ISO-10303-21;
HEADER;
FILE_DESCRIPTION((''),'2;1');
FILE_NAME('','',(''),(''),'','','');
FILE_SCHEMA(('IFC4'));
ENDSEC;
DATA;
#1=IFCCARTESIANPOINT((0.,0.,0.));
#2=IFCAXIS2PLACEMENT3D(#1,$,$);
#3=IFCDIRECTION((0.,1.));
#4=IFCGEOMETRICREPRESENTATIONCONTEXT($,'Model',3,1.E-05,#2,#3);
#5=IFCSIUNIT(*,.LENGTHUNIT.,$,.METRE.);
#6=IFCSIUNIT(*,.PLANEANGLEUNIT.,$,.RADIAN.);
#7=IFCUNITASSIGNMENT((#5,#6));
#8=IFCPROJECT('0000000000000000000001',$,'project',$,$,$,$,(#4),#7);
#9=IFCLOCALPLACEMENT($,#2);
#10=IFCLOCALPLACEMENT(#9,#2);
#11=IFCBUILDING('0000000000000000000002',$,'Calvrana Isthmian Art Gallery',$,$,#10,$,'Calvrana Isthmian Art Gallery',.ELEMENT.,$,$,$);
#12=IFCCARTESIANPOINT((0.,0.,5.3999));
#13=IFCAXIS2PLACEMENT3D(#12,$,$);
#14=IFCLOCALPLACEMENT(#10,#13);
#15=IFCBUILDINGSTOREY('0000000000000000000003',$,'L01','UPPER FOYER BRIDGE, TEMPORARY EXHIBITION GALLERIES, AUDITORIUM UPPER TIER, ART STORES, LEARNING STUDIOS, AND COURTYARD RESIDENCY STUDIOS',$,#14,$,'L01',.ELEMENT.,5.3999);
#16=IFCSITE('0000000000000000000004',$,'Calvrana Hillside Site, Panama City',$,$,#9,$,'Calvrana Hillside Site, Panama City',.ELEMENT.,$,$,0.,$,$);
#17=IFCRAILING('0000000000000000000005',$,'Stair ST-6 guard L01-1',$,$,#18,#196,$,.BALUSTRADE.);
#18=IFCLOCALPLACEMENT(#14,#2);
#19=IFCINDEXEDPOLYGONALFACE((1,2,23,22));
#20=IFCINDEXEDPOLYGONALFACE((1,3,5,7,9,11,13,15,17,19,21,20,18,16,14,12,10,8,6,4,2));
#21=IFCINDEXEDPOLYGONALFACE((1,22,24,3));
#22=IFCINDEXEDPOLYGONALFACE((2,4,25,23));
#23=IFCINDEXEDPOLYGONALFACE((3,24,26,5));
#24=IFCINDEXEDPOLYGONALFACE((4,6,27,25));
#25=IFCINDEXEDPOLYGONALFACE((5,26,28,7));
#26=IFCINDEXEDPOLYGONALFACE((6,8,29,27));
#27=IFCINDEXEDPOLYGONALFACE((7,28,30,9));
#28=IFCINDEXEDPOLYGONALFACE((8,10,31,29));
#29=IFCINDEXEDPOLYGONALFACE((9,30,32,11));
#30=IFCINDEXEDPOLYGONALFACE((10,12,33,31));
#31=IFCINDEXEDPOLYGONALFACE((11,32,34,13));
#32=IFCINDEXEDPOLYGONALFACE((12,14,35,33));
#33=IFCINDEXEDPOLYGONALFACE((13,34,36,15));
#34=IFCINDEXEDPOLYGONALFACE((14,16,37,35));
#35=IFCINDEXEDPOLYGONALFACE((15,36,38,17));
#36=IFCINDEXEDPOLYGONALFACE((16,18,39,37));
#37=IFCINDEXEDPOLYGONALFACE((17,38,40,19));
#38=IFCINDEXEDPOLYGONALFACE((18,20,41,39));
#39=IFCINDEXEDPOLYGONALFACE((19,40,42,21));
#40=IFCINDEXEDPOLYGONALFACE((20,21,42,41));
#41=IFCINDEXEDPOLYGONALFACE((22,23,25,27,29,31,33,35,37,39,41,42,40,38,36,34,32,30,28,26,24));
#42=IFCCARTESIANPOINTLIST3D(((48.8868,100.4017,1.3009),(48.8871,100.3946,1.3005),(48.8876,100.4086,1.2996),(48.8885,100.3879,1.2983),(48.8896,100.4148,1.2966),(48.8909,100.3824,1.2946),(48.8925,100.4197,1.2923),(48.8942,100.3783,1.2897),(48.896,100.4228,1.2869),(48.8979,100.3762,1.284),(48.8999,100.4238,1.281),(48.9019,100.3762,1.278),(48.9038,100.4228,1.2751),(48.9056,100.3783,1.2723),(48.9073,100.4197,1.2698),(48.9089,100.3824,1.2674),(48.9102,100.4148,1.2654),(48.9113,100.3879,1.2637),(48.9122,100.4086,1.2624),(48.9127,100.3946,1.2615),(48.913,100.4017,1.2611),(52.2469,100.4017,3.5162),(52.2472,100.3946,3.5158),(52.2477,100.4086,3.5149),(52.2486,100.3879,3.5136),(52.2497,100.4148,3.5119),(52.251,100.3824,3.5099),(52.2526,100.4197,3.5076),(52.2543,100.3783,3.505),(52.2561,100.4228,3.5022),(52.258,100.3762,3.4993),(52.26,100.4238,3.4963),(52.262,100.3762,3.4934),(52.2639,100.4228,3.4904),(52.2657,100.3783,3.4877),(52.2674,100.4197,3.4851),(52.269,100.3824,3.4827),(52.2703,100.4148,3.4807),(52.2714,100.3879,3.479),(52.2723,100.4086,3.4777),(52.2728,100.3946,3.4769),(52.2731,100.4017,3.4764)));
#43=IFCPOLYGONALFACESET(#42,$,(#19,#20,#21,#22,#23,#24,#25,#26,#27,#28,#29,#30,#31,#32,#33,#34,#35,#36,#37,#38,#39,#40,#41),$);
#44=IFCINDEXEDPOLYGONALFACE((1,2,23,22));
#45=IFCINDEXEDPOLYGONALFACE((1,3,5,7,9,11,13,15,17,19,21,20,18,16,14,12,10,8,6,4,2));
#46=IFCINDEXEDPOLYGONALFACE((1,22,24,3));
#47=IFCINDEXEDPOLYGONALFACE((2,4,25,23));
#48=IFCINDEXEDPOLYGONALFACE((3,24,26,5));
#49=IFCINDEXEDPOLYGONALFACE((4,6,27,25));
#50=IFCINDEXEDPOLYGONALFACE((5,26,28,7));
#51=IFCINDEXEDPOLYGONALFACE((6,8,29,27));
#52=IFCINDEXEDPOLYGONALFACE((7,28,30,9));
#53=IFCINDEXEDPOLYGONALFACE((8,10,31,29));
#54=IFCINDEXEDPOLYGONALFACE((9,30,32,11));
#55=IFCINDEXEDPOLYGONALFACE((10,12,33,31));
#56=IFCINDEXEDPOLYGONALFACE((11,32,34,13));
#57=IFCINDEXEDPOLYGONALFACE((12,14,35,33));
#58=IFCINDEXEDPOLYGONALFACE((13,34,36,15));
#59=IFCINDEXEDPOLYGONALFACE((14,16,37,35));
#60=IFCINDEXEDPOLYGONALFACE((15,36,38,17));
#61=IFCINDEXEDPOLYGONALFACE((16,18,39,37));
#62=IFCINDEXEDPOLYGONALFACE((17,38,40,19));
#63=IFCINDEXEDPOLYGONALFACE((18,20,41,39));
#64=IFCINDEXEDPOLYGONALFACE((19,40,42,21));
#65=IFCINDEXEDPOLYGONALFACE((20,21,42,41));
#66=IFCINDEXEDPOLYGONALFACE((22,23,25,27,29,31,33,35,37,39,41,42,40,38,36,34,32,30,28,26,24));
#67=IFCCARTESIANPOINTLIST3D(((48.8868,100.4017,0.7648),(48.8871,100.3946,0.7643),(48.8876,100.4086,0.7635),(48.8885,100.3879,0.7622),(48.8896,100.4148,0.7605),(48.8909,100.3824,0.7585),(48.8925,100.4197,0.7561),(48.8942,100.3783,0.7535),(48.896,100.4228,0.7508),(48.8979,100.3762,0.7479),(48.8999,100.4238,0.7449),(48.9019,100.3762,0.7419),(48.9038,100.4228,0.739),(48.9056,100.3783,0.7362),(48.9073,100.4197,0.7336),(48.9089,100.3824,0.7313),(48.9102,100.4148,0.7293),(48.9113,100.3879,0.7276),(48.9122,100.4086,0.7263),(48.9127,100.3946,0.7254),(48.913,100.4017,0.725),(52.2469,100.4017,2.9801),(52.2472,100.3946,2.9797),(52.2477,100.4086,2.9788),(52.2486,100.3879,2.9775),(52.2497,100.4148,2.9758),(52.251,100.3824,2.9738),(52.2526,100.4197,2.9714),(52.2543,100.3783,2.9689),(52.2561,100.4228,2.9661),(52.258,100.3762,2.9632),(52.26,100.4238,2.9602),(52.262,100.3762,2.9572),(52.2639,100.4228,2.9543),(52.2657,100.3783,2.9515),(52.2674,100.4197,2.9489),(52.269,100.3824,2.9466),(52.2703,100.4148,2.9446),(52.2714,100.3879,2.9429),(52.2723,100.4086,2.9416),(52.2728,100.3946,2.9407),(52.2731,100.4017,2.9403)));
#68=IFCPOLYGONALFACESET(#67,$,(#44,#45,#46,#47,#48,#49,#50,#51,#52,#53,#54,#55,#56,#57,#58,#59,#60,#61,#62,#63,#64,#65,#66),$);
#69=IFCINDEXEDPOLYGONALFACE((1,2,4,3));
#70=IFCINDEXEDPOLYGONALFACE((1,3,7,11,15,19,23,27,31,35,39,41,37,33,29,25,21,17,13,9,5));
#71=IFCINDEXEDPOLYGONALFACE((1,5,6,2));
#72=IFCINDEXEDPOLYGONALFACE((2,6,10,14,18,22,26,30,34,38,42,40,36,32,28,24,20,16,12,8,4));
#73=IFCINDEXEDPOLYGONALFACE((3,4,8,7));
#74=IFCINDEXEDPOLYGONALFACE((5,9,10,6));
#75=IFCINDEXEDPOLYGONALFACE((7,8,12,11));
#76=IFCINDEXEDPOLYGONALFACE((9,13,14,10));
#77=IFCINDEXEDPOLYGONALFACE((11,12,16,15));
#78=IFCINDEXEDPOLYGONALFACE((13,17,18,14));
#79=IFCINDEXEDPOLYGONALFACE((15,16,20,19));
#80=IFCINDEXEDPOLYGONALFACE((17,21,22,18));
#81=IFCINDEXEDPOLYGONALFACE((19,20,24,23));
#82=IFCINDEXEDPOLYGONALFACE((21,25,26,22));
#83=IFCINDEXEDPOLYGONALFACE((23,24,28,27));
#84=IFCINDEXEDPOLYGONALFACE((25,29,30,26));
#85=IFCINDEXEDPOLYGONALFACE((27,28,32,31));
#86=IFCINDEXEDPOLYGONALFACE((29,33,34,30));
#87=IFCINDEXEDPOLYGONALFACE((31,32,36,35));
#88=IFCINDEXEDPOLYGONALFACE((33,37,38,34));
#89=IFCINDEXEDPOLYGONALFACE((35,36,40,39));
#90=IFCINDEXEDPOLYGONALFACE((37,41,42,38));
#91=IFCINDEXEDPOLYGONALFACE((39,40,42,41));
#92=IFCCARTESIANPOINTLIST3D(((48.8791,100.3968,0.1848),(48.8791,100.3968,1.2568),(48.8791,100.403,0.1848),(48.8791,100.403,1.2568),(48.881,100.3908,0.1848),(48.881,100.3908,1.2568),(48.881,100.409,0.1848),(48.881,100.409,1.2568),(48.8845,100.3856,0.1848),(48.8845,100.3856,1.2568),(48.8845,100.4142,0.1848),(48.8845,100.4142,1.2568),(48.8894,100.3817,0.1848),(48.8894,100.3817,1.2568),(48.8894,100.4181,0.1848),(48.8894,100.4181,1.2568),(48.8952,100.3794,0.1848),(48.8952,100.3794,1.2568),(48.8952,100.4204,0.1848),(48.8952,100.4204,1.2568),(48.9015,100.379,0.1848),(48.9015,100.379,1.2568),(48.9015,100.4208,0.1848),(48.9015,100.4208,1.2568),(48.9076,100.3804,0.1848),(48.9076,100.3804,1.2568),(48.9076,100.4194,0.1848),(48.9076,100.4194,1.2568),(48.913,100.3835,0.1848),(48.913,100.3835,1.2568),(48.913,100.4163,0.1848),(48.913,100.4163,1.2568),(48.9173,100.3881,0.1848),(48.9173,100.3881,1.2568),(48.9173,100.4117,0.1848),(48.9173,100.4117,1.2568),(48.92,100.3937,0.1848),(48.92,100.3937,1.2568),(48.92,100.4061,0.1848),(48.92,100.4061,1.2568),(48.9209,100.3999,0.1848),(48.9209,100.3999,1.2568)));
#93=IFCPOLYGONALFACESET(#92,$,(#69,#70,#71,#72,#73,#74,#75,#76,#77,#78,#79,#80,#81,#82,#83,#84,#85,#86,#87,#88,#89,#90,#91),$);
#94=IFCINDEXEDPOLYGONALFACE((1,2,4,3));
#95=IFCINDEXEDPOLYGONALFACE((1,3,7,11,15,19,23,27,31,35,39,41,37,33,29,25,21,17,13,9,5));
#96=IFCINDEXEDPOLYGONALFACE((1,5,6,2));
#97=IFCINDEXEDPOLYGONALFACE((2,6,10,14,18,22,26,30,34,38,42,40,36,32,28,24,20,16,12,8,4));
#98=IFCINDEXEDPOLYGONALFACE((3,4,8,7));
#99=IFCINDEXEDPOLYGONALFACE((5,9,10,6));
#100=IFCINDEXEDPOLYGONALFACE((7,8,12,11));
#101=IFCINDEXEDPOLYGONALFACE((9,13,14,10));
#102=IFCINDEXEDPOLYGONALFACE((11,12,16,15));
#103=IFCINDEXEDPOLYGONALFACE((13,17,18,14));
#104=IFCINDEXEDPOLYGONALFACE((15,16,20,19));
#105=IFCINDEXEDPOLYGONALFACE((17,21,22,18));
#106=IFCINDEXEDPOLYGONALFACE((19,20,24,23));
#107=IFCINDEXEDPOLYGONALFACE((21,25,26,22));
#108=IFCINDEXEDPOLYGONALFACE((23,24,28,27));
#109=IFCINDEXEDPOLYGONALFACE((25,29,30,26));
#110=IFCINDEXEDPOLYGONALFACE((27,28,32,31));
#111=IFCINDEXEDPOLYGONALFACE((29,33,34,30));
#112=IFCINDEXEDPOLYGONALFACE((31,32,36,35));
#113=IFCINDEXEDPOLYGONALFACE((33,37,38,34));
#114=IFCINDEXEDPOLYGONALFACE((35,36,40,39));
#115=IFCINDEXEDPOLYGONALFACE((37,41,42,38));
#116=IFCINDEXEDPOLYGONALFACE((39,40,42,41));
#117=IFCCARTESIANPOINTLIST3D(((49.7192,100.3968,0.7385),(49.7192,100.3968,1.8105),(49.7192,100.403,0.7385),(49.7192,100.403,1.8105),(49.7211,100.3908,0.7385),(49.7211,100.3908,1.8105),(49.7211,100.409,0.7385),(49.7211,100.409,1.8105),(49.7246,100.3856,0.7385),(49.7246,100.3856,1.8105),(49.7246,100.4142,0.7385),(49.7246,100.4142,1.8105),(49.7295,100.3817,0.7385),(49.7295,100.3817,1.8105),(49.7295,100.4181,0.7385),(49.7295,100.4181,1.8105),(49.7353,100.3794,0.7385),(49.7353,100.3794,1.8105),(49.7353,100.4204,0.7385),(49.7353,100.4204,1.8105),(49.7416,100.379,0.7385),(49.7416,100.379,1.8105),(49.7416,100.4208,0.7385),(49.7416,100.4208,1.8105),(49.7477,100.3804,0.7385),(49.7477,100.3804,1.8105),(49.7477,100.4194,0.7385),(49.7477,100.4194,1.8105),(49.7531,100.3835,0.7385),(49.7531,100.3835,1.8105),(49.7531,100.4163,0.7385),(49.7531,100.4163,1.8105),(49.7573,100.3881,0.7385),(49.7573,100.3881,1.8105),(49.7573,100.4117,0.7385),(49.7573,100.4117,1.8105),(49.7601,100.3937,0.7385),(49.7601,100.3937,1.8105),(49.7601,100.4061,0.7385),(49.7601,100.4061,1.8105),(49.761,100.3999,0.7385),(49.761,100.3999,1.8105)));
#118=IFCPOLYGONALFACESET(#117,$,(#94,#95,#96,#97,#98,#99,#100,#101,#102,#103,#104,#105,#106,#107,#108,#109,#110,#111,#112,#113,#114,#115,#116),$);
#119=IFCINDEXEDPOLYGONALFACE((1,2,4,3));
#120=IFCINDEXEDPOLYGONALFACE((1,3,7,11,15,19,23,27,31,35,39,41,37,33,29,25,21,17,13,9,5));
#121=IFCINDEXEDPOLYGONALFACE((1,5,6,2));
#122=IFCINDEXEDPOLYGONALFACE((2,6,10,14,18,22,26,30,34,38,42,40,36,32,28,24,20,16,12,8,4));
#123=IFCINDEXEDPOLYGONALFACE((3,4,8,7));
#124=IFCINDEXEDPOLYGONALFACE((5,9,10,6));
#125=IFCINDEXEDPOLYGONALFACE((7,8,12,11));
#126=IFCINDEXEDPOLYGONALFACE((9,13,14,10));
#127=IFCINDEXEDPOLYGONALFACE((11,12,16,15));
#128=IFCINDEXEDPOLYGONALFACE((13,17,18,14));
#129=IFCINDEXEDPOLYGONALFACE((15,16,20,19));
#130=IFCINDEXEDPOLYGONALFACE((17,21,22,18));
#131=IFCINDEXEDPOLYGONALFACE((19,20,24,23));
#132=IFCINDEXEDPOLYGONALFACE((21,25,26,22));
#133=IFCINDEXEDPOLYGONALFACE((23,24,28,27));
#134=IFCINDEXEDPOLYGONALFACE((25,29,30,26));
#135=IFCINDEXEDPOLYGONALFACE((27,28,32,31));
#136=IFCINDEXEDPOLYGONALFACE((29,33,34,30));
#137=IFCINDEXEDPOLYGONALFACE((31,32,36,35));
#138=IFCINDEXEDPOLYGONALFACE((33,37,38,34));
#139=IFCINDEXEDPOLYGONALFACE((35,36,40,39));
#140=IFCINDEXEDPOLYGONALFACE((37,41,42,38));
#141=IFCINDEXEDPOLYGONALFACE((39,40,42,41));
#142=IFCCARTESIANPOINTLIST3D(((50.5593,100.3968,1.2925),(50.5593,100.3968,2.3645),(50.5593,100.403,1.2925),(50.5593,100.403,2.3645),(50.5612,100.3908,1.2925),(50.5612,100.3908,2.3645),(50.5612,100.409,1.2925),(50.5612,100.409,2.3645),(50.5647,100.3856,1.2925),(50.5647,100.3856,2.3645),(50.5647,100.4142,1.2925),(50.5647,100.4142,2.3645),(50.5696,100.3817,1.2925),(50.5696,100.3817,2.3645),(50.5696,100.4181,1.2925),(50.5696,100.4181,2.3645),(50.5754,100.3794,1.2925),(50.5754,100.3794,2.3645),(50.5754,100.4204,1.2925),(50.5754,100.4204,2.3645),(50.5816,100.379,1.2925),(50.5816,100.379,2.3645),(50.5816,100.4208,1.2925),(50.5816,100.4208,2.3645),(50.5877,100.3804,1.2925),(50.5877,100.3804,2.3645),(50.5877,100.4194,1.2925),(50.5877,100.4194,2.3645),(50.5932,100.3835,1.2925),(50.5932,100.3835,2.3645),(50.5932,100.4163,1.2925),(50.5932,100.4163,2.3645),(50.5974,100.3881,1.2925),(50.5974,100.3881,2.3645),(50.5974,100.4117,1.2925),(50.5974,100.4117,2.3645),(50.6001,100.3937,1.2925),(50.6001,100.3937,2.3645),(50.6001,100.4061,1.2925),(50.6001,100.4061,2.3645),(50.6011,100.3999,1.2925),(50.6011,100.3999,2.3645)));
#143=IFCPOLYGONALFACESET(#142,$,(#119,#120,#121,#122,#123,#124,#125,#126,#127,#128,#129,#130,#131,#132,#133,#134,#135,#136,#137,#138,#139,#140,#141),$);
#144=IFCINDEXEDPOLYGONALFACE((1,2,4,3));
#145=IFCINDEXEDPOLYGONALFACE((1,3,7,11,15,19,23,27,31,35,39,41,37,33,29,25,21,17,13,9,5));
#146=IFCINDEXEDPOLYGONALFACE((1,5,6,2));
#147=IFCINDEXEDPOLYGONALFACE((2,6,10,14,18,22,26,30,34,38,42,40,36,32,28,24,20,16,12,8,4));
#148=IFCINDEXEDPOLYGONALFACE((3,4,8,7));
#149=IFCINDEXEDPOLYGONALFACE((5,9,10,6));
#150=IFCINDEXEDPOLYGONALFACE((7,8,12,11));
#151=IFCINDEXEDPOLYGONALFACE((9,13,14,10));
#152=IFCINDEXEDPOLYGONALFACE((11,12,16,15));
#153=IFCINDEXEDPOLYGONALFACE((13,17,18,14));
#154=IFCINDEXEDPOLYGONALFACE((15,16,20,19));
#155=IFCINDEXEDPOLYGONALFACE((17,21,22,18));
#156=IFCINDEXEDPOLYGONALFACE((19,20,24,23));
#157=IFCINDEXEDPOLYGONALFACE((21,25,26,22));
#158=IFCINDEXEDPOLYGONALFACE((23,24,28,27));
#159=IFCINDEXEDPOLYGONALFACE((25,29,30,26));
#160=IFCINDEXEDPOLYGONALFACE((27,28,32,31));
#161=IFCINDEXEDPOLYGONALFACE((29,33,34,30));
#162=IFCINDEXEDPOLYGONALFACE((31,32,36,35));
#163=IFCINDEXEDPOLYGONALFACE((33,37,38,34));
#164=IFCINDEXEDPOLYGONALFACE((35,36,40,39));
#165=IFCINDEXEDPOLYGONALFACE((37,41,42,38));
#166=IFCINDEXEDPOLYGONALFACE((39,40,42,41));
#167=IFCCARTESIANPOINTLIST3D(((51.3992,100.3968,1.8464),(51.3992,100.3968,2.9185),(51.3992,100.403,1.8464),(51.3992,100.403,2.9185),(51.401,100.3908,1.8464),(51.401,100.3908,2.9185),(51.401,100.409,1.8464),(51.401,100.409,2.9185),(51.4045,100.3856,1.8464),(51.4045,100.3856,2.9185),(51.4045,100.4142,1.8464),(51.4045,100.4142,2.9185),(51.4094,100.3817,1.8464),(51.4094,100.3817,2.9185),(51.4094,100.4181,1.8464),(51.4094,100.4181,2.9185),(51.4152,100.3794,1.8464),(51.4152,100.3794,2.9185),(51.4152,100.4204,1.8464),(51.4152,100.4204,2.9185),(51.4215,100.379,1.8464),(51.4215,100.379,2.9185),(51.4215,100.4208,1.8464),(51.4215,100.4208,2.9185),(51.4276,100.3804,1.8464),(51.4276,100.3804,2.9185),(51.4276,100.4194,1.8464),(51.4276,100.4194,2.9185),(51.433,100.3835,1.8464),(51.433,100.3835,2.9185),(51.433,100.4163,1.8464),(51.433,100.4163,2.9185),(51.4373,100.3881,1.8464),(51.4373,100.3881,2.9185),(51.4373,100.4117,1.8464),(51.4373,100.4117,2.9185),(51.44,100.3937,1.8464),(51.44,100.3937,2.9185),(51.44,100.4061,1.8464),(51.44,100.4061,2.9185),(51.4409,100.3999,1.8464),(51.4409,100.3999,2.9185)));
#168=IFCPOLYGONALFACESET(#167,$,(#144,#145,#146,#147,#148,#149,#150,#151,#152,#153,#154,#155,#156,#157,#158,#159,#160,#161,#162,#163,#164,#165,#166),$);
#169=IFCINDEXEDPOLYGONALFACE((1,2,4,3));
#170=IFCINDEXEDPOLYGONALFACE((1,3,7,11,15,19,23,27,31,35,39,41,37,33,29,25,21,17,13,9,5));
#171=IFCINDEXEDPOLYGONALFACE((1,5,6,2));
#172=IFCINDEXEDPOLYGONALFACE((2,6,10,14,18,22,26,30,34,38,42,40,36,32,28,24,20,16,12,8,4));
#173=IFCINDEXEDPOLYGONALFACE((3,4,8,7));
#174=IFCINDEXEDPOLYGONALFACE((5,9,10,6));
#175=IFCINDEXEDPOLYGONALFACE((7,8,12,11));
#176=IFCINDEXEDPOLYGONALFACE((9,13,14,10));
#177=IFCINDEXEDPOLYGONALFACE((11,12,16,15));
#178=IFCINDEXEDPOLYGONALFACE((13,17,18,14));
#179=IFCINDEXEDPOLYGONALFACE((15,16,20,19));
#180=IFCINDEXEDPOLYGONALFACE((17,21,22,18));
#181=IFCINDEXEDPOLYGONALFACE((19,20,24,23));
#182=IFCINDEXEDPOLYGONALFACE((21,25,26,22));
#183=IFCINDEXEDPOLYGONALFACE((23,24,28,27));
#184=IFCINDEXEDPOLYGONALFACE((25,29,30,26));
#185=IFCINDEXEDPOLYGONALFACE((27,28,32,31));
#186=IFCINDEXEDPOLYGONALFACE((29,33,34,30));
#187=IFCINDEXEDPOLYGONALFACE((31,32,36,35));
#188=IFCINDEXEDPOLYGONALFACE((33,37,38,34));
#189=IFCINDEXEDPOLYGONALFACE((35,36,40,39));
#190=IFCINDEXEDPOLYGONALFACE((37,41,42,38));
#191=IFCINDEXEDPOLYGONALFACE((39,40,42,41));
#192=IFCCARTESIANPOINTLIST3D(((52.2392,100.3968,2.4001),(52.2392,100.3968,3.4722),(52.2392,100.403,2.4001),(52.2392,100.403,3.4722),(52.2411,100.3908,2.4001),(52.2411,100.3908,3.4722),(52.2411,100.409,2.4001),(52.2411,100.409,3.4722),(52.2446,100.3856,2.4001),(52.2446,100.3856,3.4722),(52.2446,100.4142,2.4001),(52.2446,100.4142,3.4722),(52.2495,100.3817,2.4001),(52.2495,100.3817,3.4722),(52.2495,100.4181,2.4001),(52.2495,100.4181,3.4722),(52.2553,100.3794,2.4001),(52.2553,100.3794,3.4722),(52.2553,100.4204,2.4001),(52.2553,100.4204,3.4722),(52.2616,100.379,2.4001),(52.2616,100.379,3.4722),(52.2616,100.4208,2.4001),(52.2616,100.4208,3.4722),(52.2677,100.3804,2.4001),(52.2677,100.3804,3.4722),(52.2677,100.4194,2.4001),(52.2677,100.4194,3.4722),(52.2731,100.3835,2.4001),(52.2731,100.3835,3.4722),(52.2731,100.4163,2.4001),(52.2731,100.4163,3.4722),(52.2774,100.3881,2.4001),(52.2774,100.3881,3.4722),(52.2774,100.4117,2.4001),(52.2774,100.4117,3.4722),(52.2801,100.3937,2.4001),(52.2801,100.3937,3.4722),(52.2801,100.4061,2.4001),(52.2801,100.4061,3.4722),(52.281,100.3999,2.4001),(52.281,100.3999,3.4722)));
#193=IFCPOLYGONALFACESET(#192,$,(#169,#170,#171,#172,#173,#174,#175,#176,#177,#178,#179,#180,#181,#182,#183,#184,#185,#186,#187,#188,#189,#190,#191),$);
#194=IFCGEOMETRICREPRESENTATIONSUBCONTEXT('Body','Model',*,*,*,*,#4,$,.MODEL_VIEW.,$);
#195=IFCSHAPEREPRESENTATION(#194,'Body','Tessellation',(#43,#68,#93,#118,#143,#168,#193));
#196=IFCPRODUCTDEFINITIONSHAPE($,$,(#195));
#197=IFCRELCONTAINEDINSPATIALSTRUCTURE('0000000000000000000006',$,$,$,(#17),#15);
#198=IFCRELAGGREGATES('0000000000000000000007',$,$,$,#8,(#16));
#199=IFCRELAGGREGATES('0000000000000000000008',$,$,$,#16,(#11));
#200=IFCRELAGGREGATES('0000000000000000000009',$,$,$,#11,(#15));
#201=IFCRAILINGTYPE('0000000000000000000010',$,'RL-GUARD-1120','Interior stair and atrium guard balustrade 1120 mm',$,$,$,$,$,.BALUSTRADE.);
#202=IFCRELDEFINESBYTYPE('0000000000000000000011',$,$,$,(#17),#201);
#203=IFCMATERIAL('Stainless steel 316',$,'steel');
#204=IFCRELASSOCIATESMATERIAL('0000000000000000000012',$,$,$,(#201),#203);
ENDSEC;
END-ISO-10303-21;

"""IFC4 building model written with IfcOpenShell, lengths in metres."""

from ifc_helpers import new_model, si_unit, direction, frame, origin, origin_2d, place, context, subcontext, project, spatial, circle, extrude, material, type_object, element, save


model = new_model("IFC4")

# Units and contexts
model_context = context("Model", 3, precision=1e-05, world=origin(), true_north=direction((0.0, 1.0)))
body_context = subcontext(model_context, "Body", "Model", "MODEL_VIEW")
ifc_project = project(units=[si_unit("LENGTHUNIT", "METRE"), si_unit("PLANEANGLEUNIT", "RADIAN")], contexts=[model_context])

# Site, building, storey
site_placement = place(None, origin())
site = spatial("IfcSite", under=ifc_project, at=site_placement, Name="Calvrana Hillside Site, Panama City", LongName="Calvrana Hillside Site, Panama City", CompositionType="ELEMENT", RefElevation=0.0)
building_placement = place(site_placement, origin())
building = spatial("IfcBuilding", under=site, at=building_placement, Name="Calvrana Isthmian Art Gallery", LongName="Calvrana Isthmian Art Gallery", CompositionType="ELEMENT")
storey_placement = place(building_placement, frame((0.0, 0.0, 5.3999)))
storey = spatial("IfcBuildingStorey", under=building, at=storey_placement, Name="L01", Description="UPPER FOYER BRIDGE, TEMPORARY EXHIBITION GALLERIES, AUDITORIUM UPPER TIER, ART STORES, LEARNING STUDIOS, AND COURTYARD RESIDENCY STUDIOS", LongName="L01", CompositionType="ELEMENT", Elevation=5.3999)

# Railing
ifc_material_1 = material(Name="Stainless steel 316", Category="steel")
railing_type_1 = type_object("IfcRailingType", Name="RL-GUARD-1120", Description="Interior stair and atrium guard balustrade 1120 mm", PredefinedType="BALUSTRADE", material=ifc_material_1)
railing_1_placement = place(storey_placement, frame((48.8999, 100.3999, 0.1848)))
element("IfcRailing", 1, at=railing_1_placement, inside=storey, type_object=railing_type_1, Name="Stair ST-6 guard L01-1", PredefinedType="BALUSTRADE", context=body_context, shape_type="SweptSolid", body=[
    extrude(circle(Radius=0.0239, at=origin_2d()), frame((0.0, 0.0, 1.0962), z_axis=(0.834876, 0.0, 0.550437), x_axis=(0.0, 1.0, 0.0)), (0.0, 0.0, 1.0), 4.0247),
    extrude(circle(Radius=0.0239, at=origin_2d()), frame((0.0, 0.0, 0.5601), z_axis=(0.834876, 0.0, 0.550437), x_axis=(0.0, 1.0, 0.0)), (0.0, 0.0, 1.0), 4.0247),
    extrude(circle(Radius=0.021, at=origin_2d()), origin(), (0.0, 0.0, 1.0), 1.072),
    extrude(circle(Radius=0.021, at=origin_2d()), frame((0.8401, 0.0, 0.5537)), (0.0, 0.0, 1.0), 1.072),
    extrude(circle(Radius=0.021, at=origin_2d()), frame((1.6802, 0.0, 1.1077)), (0.0, 0.0, 1.0), 1.072),
    extrude(circle(Radius=0.021, at=origin_2d()), frame((2.52, 0.0, 1.6616)), (0.0, 0.0, 1.0), 1.072),
    extrude(circle(Radius=0.021, at=origin_2d()), frame((3.3601, 0.0, 2.2153)), (0.0, 0.0, 1.0), 1.072),
])

save(model, "model.ifc")
